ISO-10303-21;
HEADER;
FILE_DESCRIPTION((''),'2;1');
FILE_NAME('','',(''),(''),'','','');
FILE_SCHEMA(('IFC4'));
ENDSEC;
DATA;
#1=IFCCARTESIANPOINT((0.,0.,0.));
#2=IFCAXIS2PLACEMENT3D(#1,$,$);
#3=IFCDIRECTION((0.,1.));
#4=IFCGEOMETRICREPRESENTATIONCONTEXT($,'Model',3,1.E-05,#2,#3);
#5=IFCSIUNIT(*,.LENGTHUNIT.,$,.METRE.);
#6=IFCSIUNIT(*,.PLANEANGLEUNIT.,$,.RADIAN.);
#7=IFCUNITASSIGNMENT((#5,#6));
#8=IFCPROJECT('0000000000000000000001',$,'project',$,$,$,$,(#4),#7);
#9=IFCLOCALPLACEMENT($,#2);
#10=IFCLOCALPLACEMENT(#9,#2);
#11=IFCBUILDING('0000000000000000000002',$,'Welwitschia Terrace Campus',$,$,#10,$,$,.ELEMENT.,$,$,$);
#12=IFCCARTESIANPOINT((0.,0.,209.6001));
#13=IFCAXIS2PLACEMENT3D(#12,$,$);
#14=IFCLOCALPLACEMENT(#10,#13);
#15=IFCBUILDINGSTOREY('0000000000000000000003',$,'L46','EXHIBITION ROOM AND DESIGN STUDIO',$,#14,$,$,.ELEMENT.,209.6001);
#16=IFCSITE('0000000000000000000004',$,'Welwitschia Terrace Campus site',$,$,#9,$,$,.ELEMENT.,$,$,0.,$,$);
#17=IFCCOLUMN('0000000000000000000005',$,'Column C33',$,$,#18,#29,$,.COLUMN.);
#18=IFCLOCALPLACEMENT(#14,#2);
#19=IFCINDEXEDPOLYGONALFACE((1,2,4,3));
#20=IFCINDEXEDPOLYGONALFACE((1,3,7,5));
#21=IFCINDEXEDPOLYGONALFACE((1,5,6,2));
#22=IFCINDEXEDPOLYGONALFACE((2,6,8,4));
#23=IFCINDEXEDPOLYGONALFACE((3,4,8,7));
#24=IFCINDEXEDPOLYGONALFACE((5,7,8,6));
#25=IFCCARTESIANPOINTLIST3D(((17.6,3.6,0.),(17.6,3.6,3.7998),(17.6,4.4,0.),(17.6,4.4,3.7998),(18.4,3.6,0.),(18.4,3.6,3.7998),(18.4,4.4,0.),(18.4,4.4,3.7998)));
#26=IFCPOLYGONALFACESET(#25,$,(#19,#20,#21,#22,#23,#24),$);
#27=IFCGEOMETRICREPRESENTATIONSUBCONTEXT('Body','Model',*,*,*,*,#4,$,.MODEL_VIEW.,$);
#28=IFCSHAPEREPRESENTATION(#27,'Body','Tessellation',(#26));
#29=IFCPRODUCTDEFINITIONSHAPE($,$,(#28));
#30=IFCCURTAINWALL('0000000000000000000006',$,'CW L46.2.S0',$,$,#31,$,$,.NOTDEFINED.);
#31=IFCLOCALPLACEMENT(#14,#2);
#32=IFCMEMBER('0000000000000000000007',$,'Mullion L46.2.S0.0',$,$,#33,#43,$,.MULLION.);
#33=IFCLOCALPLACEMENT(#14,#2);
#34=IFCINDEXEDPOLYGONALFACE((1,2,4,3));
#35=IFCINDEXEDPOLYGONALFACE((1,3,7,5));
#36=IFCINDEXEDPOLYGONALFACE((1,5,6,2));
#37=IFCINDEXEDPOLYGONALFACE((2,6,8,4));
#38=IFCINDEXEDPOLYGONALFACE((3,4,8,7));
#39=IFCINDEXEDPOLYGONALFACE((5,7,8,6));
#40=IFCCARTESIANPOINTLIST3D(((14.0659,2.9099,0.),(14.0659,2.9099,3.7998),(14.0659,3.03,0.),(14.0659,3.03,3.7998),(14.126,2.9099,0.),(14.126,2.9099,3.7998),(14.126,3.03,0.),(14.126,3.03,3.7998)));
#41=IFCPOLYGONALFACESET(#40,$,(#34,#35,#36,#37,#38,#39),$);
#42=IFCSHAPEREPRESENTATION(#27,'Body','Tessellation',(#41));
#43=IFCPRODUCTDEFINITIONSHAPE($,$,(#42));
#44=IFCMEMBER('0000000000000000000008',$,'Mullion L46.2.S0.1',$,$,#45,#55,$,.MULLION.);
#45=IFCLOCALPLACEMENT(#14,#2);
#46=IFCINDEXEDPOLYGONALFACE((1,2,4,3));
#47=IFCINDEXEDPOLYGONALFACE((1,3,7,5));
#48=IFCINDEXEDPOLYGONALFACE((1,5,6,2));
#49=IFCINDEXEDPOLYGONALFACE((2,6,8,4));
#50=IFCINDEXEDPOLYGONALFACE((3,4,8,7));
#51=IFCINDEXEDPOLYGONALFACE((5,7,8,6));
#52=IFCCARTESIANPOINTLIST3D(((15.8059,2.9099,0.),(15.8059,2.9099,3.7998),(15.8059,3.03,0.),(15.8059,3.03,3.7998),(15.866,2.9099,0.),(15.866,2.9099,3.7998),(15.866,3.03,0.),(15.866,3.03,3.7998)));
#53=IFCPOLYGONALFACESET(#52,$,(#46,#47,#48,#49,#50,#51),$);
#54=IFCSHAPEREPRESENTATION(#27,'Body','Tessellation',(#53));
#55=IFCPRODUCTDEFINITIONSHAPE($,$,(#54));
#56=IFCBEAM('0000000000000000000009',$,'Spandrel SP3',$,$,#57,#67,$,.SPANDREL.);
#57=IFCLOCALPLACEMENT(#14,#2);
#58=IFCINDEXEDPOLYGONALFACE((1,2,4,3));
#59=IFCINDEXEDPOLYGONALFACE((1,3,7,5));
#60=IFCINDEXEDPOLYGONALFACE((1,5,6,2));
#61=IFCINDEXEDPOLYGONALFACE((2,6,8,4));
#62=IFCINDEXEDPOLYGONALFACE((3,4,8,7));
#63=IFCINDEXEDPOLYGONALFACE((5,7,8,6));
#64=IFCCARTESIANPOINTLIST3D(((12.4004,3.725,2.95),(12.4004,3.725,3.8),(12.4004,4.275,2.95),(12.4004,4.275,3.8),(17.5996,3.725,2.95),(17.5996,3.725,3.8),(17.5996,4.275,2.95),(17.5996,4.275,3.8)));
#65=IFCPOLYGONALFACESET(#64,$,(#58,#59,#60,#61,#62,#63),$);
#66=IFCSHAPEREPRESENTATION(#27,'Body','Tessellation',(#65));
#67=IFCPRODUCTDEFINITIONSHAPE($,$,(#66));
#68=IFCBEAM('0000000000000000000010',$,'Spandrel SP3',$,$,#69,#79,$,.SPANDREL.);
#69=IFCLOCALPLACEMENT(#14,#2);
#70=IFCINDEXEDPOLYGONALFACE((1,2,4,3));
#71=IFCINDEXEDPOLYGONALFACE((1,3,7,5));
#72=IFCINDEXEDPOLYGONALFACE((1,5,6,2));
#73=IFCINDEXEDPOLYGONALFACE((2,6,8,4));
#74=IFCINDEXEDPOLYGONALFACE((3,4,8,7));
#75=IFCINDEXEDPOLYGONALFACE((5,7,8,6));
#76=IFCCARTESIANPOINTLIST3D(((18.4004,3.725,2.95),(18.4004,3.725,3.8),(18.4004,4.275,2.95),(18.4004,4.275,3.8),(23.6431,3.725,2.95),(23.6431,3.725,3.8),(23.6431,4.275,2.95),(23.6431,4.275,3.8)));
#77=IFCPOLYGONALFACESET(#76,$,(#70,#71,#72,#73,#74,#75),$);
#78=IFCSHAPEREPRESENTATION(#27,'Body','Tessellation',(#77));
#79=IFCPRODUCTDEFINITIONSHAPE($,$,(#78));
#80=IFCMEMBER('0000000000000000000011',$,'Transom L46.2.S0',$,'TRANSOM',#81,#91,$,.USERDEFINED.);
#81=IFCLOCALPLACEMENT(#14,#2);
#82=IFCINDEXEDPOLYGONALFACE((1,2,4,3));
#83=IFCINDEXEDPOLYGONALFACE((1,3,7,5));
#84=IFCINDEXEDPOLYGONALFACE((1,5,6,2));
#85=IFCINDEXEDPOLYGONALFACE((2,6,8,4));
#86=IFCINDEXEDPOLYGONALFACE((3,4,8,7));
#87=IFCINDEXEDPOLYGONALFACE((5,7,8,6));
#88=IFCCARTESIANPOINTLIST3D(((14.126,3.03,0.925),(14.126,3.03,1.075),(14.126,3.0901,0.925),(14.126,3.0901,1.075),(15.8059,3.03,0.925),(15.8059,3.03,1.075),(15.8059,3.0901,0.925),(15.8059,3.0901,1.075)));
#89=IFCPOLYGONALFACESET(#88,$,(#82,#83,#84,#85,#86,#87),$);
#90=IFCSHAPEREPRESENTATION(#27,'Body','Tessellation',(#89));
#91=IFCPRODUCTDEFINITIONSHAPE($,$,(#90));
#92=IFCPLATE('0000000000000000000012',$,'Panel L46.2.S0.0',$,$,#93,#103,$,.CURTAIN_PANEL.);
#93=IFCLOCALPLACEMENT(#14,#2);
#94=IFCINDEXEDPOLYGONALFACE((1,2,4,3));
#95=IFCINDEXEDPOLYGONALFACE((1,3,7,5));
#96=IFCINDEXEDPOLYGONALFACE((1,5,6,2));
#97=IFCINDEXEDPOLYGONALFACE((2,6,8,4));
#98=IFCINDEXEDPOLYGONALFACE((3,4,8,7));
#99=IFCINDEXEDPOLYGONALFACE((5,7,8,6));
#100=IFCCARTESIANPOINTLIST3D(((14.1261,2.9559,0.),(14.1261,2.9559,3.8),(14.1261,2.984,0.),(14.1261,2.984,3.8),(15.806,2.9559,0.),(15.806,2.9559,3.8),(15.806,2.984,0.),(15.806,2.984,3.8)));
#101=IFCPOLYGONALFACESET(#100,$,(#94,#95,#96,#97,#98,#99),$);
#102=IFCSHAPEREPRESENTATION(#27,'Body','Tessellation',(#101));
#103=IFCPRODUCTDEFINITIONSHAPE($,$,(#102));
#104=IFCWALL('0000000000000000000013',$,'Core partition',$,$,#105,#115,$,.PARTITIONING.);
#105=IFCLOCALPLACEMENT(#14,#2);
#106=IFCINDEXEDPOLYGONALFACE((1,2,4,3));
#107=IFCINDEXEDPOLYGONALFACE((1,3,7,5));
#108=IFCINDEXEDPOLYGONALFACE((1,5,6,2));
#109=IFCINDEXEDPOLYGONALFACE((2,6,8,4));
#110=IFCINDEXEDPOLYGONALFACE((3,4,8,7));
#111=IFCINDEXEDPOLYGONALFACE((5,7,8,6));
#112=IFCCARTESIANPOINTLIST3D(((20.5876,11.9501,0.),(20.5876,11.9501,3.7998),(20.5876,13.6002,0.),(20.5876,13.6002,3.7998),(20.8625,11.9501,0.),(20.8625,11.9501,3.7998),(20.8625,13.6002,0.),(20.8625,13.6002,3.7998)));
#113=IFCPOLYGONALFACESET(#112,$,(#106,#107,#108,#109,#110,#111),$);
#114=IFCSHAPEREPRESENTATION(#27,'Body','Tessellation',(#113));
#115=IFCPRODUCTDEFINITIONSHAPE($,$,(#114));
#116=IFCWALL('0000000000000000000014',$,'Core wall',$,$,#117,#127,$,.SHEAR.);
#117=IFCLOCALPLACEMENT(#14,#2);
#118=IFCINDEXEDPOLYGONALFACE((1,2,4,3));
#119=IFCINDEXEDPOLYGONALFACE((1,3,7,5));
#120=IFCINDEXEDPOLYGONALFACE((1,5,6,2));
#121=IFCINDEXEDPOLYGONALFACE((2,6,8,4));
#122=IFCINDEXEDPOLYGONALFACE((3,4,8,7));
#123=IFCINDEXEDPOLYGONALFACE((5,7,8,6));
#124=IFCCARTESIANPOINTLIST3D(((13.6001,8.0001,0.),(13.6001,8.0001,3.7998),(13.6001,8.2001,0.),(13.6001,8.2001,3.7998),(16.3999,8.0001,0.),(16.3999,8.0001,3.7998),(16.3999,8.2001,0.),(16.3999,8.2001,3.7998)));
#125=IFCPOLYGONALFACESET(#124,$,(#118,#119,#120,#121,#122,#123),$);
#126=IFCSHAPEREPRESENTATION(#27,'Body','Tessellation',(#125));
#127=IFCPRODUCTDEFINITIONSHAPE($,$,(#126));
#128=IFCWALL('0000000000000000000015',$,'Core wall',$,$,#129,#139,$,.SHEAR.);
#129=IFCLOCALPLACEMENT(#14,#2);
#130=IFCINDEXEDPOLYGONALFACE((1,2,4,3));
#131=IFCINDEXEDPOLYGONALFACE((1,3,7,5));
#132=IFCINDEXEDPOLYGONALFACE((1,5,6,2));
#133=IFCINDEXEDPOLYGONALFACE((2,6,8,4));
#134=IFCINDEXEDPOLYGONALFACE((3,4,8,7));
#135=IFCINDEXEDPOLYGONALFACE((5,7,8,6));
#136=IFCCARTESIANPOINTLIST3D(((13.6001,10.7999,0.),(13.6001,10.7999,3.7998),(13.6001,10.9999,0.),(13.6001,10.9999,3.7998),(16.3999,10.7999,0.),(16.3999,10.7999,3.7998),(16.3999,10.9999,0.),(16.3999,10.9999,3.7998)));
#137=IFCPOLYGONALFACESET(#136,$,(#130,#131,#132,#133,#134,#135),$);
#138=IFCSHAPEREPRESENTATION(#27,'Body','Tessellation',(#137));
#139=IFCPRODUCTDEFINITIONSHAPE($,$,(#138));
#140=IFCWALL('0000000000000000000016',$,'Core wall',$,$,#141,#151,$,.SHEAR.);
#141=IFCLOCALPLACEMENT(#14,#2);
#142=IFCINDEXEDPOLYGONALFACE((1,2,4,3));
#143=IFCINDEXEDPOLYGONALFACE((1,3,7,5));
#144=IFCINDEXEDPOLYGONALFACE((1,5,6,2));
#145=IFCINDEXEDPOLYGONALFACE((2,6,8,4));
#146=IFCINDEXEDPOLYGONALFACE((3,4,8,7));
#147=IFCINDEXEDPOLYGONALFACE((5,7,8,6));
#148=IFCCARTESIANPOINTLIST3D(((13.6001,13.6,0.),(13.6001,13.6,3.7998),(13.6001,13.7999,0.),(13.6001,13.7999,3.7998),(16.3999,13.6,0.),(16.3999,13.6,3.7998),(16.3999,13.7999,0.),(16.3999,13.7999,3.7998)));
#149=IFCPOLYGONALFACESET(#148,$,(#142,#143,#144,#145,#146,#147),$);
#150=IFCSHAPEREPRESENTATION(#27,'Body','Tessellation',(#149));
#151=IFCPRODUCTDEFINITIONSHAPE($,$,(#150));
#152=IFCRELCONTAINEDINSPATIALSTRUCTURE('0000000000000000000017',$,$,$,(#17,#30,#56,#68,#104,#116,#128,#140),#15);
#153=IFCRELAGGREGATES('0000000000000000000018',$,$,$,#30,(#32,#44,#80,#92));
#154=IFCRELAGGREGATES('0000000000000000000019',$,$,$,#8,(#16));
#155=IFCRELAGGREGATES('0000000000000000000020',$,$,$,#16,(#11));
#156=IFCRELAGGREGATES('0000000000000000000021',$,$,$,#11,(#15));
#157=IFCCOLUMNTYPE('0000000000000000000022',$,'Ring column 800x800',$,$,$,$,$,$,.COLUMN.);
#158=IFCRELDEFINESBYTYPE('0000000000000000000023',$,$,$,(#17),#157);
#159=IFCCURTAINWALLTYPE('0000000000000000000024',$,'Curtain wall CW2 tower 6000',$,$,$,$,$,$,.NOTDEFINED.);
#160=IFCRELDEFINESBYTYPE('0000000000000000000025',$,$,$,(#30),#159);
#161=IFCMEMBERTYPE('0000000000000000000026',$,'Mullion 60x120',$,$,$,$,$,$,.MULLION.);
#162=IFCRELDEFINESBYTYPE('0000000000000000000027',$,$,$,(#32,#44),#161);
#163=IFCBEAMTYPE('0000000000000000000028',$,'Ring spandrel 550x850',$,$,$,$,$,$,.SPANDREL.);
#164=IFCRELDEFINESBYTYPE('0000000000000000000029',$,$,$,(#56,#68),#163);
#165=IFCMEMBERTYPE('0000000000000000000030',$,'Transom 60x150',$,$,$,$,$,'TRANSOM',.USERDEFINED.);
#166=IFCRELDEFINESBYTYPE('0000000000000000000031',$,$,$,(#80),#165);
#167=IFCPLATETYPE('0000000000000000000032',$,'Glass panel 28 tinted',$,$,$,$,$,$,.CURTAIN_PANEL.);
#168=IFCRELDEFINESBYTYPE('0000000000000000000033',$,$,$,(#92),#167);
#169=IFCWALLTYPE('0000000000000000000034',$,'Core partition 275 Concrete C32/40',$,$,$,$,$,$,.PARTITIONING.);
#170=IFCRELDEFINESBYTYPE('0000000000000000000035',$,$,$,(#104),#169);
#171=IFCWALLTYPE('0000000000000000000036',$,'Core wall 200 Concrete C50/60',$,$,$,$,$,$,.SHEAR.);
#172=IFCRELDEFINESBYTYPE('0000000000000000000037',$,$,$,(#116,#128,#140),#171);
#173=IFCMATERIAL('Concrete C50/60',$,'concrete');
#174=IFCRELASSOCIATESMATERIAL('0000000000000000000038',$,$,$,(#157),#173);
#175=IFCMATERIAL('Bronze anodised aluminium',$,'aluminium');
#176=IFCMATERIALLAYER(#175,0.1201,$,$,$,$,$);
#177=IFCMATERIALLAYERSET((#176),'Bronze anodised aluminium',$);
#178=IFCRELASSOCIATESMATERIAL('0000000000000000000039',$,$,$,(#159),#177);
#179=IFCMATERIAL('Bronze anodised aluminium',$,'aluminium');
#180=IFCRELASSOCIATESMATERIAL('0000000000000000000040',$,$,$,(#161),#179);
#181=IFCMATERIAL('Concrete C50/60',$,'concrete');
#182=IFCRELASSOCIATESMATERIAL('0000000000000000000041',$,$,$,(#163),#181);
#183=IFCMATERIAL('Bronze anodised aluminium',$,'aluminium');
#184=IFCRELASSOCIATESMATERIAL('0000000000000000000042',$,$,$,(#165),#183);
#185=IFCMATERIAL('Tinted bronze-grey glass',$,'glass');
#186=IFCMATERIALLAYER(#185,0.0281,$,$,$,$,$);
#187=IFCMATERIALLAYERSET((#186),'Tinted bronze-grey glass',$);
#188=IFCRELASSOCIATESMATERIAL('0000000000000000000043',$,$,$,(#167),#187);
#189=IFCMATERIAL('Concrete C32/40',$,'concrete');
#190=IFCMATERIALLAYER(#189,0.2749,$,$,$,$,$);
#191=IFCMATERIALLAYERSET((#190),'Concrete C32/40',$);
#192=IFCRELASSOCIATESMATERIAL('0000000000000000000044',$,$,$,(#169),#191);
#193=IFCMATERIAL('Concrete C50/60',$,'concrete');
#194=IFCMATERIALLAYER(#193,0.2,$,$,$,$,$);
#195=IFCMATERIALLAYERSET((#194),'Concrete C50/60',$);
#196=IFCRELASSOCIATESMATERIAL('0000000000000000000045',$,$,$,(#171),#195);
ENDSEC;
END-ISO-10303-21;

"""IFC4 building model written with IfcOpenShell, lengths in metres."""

from ifc_helpers import new_model, si_unit, direction, frame, frame_2d, origin, origin_2d, place, context, subcontext, project, spatial, rectangle, extrude, material, layer, layer_set, material_profile, profile_set, type_object, element, aggregate, save


model = new_model("IFC4")

# Units and contexts
model_context = context("Model", 3, precision=1e-05, world=origin(), true_north=direction((0.0, 1.0)))
body_context = subcontext(model_context, "Body", "Model", "MODEL_VIEW")
ifc_project = project(units=[si_unit("LENGTHUNIT", "METRE"), si_unit("PLANEANGLEUNIT", "RADIAN")], contexts=[model_context])

# Site, building, storey
site_placement = place(None, origin())
site = spatial("IfcSite", under=ifc_project, at=site_placement, Name="Welwitschia Terrace Campus site", CompositionType="ELEMENT", RefElevation=0.0)
building_placement = place(site_placement, origin())
building = spatial("IfcBuilding", under=site, at=building_placement, Name="Welwitschia Terrace Campus", CompositionType="ELEMENT")
storey_placement = place(building_placement, frame((0.0, 0.0, 209.6001)))
storey = spatial("IfcBuildingStorey", under=building, at=storey_placement, Name="L46", Description="EXHIBITION ROOM AND DESIGN STUDIO", CompositionType="ELEMENT", Elevation=209.6001)

# Column
ifc_material_1 = material(Name="Concrete C50/60", Category="concrete")
ifc_material_profile_1 = material_profile(ifc_material_1, rectangle(XDim=0.8, YDim=0.8, at=origin_2d()))
ifc_profile_set_1 = profile_set([ifc_material_profile_1], Name="Concrete C50/60")
column_type = type_object("IfcColumnType", Name="Ring column 800x800", PredefinedType="COLUMN", material=ifc_profile_set_1)
column_placement = place(storey_placement, frame((18.0, 4.0, 0.0), z_axis=(0.0, 0.0, 1.0), x_axis=(1.0, 0.0, 0.0)))
element("IfcColumn", 1, at=column_placement, inside=storey, type_object=column_type, Name="Column C33", PredefinedType="COLUMN", context=body_context, shape_type="SweptSolid", body=[
    extrude(rectangle(XDim=0.8, YDim=0.8, at=origin_2d()), origin(), (0.0, 0.0, 1.0), 3.7998),
])

# Curtain wall, members
ifc_material_2 = material(Name="Bronze anodised aluminium", Category="aluminium")
ifc_layer_1 = layer(ifc_material_2, 0.1201)
ifc_layer_set_1 = layer_set([ifc_layer_1], Name="Bronze anodised aluminium")
curtain_wall_type = type_object("IfcCurtainWallType", Name="Curtain wall CW2 tower 6000", PredefinedType="NOTDEFINED", material=ifc_layer_set_1)
curtain_wall_placement = place(storey_placement, origin())
curtain_wall = element("IfcCurtainWall", 2, at=curtain_wall_placement, inside=storey, type_object=curtain_wall_type, Name="CW L46.2.S0", PredefinedType="NOTDEFINED")
ifc_material_3 = material(Name="Bronze anodised aluminium", Category="aluminium")
ifc_material_profile_2 = material_profile(ifc_material_3, rectangle(XDim=0.1201, YDim=0.0601, at=origin_2d()))
ifc_profile_set_2 = profile_set([ifc_material_profile_2], Name="Bronze anodised aluminium")
member_type_1 = type_object("IfcMemberType", Name="Mullion 60x120", PredefinedType="MULLION", material=ifc_profile_set_2)
member_1_placement = place(storey_placement, frame((14.0959, 2.97, 0.0), z_axis=(0.0, 0.0, 1.0), x_axis=(0.0, 1.0, 0.0)))
member_1 = element("IfcMember", 3, at=member_1_placement, type_object=member_type_1, Name="Mullion L46.2.S0.0", PredefinedType="MULLION", context=body_context, shape_type="SweptSolid", body=[
    extrude(rectangle(XDim=0.1201, YDim=0.0601, at=origin_2d()), origin(), (0.0, 0.0, 1.0), 3.7998),
])
member_2_placement = place(storey_placement, frame((15.8359, 2.97, 0.0), z_axis=(0.0, 0.0, 1.0), x_axis=(0.0, 1.0, 0.0)))
member_2 = element("IfcMember", 4, at=member_2_placement, type_object=member_type_1, Name="Mullion L46.2.S0.1", PredefinedType="MULLION", context=body_context, shape_type="SweptSolid", body=[
    extrude(rectangle(XDim=0.1201, YDim=0.0601, at=origin_2d()), origin(), (0.0, 0.0, 1.0), 3.7998),
])

# Beams
ifc_material_4 = material(Name="Concrete C50/60", Category="concrete")
ifc_material_profile_3 = material_profile(ifc_material_4, rectangle(XDim=0.55, YDim=0.8501, at=origin_2d()))
ifc_profile_set_3 = profile_set([ifc_material_profile_3], Name="Concrete C50/60")
beam_type = type_object("IfcBeamType", Name="Ring spandrel 550x850", PredefinedType="SPANDREL", material=ifc_profile_set_3)
beam_1_placement = place(storey_placement, frame((12.4004, 4.0, 3.375), z_axis=(1.0, 0.0, 0.0), x_axis=(0.0, 1.0, 0.0)))
element("IfcBeam", 5, at=beam_1_placement, inside=storey, type_object=beam_type, Name="Spandrel SP3", PredefinedType="SPANDREL", context=body_context, shape_type="SweptSolid", body=[
    extrude(rectangle(XDim=0.55, YDim=0.8501, at=origin_2d()), origin(), (0.0, 0.0, 1.0), 5.1992),
])
beam_2_placement = place(storey_placement, frame((18.4004, 4.0, 3.375), z_axis=(1.0, 0.0, 0.0), x_axis=(0.0, 1.0, 0.0)))
element("IfcBeam", 6, at=beam_2_placement, inside=storey, type_object=beam_type, Name="Spandrel SP3", PredefinedType="SPANDREL", context=body_context, shape_type="SweptSolid", body=[
    extrude(rectangle(XDim=0.55, YDim=0.8501, at=origin_2d()), origin(), (0.0, 0.0, 1.0), 5.2427),
])

# Member
ifc_material_5 = material(Name="Bronze anodised aluminium", Category="aluminium")
ifc_material_profile_4 = material_profile(ifc_material_5, rectangle(XDim=0.0601, YDim=0.1499, at=origin_2d()))
ifc_profile_set_4 = profile_set([ifc_material_profile_4], Name="Bronze anodised aluminium")
member_type_2 = type_object("IfcMemberType", Name="Transom 60x150", ElementType="TRANSOM", PredefinedType="USERDEFINED", material=ifc_profile_set_4)
member_3_placement = place(storey_placement, frame((14.126, 3.0601, 1.0), z_axis=(1.0, 0.0, 0.0), x_axis=(0.0, 1.0, 0.0)))
member_3 = element("IfcMember", 7, at=member_3_placement, type_object=member_type_2, Name="Transom L46.2.S0", ObjectType="TRANSOM", PredefinedType="USERDEFINED", context=body_context, shape_type="SweptSolid", body=[
    extrude(rectangle(XDim=0.0601, YDim=0.1499, at=origin_2d()), origin(), (0.0, 0.0, 1.0), 1.6799),
])

# Plate
ifc_material_6 = material(Name="Tinted bronze-grey glass", Category="glass")
ifc_layer_2 = layer(ifc_material_6, 0.0281)
ifc_layer_set_2 = layer_set([ifc_layer_2], Name="Tinted bronze-grey glass")
plate_type = type_object("IfcPlateType", Name="Glass panel 28 tinted", PredefinedType="CURTAIN_PANEL", material=ifc_layer_set_2)
plate_placement = place(storey_placement, frame((14.9661, 2.97, 0.0), z_axis=(0.0, 0.0, 1.0), x_axis=(1.0, 0.0, 0.0)))
plate = element("IfcPlate", 8, at=plate_placement, type_object=plate_type, Name="Panel L46.2.S0.0", PredefinedType="CURTAIN_PANEL", context=body_context, shape_type="SweptSolid", body=[
    extrude(rectangle(XDim=1.6799, YDim=0.0281, at=origin_2d()), origin(), (0.0, 0.0, 1.0), 3.8),
])
aggregate(curtain_wall, [member_1, member_2, member_3, plate])

# Walls
ifc_material_7 = material(Name="Concrete C32/40", Category="concrete")
ifc_layer_3 = layer(ifc_material_7, 0.2749)
ifc_layer_set_3 = layer_set([ifc_layer_3], Name="Concrete C32/40")
wall_type_1 = type_object("IfcWallType", Name="Core partition 275 Concrete C32/40", PredefinedType="PARTITIONING", material=ifc_layer_set_3)
wall_1_placement = place(storey_placement, frame((20.7251, 11.95, 0.0), z_axis=(0.0, 0.0, 1.0), x_axis=(0.0, 1.0, 0.0)))
element("IfcWall", 9, at=wall_1_placement, inside=storey, type_object=wall_type_1, Name="Core partition", PredefinedType="PARTITIONING", context=body_context, shape_type="SweptSolid", body=[
    extrude(rectangle(XDim=1.6501, YDim=0.2749, at=frame_2d((0.8252, 0.0))), origin(), (0.0, 0.0, 1.0), 3.7998),
])
ifc_material_8 = material(Name="Concrete C50/60", Category="concrete")
ifc_layer_4 = layer(ifc_material_8, 0.2)
ifc_layer_set_4 = layer_set([ifc_layer_4], Name="Concrete C50/60")
wall_type_2 = type_object("IfcWallType", Name="Core wall 200 Concrete C50/60", PredefinedType="SHEAR", material=ifc_layer_set_4)
for number, where, z_axis, x_axis, name in (
    (10, (13.6001, 8.1001, 0.0), (0.0, 0.0, 1.0), (1.0, 0.0, 0.0), "Core wall"),
    (11, (13.6001, 10.8999, 0.0), (0.0, 0.0, 1.0), (1.0, 0.0, 0.0), "Core wall"),
    (12, (13.6001, 13.7, 0.0), (0.0, 0.0, 1.0), (1.0, 0.0, 0.0), "Core wall"),
):
    element("IfcWall", number, at=place(storey_placement, frame(where, z_axis=z_axis, x_axis=x_axis)), inside=storey, type_object=wall_type_2, Name=name, PredefinedType="SHEAR", context=body_context, shape_type="SweptSolid", body=[
        extrude(rectangle(XDim=2.7998, YDim=0.2, at=frame_2d((1.3999, 0.0))), origin(), (0.0, 0.0, 1.0), 3.7998),
    ])

save(model, "model.ifc")
